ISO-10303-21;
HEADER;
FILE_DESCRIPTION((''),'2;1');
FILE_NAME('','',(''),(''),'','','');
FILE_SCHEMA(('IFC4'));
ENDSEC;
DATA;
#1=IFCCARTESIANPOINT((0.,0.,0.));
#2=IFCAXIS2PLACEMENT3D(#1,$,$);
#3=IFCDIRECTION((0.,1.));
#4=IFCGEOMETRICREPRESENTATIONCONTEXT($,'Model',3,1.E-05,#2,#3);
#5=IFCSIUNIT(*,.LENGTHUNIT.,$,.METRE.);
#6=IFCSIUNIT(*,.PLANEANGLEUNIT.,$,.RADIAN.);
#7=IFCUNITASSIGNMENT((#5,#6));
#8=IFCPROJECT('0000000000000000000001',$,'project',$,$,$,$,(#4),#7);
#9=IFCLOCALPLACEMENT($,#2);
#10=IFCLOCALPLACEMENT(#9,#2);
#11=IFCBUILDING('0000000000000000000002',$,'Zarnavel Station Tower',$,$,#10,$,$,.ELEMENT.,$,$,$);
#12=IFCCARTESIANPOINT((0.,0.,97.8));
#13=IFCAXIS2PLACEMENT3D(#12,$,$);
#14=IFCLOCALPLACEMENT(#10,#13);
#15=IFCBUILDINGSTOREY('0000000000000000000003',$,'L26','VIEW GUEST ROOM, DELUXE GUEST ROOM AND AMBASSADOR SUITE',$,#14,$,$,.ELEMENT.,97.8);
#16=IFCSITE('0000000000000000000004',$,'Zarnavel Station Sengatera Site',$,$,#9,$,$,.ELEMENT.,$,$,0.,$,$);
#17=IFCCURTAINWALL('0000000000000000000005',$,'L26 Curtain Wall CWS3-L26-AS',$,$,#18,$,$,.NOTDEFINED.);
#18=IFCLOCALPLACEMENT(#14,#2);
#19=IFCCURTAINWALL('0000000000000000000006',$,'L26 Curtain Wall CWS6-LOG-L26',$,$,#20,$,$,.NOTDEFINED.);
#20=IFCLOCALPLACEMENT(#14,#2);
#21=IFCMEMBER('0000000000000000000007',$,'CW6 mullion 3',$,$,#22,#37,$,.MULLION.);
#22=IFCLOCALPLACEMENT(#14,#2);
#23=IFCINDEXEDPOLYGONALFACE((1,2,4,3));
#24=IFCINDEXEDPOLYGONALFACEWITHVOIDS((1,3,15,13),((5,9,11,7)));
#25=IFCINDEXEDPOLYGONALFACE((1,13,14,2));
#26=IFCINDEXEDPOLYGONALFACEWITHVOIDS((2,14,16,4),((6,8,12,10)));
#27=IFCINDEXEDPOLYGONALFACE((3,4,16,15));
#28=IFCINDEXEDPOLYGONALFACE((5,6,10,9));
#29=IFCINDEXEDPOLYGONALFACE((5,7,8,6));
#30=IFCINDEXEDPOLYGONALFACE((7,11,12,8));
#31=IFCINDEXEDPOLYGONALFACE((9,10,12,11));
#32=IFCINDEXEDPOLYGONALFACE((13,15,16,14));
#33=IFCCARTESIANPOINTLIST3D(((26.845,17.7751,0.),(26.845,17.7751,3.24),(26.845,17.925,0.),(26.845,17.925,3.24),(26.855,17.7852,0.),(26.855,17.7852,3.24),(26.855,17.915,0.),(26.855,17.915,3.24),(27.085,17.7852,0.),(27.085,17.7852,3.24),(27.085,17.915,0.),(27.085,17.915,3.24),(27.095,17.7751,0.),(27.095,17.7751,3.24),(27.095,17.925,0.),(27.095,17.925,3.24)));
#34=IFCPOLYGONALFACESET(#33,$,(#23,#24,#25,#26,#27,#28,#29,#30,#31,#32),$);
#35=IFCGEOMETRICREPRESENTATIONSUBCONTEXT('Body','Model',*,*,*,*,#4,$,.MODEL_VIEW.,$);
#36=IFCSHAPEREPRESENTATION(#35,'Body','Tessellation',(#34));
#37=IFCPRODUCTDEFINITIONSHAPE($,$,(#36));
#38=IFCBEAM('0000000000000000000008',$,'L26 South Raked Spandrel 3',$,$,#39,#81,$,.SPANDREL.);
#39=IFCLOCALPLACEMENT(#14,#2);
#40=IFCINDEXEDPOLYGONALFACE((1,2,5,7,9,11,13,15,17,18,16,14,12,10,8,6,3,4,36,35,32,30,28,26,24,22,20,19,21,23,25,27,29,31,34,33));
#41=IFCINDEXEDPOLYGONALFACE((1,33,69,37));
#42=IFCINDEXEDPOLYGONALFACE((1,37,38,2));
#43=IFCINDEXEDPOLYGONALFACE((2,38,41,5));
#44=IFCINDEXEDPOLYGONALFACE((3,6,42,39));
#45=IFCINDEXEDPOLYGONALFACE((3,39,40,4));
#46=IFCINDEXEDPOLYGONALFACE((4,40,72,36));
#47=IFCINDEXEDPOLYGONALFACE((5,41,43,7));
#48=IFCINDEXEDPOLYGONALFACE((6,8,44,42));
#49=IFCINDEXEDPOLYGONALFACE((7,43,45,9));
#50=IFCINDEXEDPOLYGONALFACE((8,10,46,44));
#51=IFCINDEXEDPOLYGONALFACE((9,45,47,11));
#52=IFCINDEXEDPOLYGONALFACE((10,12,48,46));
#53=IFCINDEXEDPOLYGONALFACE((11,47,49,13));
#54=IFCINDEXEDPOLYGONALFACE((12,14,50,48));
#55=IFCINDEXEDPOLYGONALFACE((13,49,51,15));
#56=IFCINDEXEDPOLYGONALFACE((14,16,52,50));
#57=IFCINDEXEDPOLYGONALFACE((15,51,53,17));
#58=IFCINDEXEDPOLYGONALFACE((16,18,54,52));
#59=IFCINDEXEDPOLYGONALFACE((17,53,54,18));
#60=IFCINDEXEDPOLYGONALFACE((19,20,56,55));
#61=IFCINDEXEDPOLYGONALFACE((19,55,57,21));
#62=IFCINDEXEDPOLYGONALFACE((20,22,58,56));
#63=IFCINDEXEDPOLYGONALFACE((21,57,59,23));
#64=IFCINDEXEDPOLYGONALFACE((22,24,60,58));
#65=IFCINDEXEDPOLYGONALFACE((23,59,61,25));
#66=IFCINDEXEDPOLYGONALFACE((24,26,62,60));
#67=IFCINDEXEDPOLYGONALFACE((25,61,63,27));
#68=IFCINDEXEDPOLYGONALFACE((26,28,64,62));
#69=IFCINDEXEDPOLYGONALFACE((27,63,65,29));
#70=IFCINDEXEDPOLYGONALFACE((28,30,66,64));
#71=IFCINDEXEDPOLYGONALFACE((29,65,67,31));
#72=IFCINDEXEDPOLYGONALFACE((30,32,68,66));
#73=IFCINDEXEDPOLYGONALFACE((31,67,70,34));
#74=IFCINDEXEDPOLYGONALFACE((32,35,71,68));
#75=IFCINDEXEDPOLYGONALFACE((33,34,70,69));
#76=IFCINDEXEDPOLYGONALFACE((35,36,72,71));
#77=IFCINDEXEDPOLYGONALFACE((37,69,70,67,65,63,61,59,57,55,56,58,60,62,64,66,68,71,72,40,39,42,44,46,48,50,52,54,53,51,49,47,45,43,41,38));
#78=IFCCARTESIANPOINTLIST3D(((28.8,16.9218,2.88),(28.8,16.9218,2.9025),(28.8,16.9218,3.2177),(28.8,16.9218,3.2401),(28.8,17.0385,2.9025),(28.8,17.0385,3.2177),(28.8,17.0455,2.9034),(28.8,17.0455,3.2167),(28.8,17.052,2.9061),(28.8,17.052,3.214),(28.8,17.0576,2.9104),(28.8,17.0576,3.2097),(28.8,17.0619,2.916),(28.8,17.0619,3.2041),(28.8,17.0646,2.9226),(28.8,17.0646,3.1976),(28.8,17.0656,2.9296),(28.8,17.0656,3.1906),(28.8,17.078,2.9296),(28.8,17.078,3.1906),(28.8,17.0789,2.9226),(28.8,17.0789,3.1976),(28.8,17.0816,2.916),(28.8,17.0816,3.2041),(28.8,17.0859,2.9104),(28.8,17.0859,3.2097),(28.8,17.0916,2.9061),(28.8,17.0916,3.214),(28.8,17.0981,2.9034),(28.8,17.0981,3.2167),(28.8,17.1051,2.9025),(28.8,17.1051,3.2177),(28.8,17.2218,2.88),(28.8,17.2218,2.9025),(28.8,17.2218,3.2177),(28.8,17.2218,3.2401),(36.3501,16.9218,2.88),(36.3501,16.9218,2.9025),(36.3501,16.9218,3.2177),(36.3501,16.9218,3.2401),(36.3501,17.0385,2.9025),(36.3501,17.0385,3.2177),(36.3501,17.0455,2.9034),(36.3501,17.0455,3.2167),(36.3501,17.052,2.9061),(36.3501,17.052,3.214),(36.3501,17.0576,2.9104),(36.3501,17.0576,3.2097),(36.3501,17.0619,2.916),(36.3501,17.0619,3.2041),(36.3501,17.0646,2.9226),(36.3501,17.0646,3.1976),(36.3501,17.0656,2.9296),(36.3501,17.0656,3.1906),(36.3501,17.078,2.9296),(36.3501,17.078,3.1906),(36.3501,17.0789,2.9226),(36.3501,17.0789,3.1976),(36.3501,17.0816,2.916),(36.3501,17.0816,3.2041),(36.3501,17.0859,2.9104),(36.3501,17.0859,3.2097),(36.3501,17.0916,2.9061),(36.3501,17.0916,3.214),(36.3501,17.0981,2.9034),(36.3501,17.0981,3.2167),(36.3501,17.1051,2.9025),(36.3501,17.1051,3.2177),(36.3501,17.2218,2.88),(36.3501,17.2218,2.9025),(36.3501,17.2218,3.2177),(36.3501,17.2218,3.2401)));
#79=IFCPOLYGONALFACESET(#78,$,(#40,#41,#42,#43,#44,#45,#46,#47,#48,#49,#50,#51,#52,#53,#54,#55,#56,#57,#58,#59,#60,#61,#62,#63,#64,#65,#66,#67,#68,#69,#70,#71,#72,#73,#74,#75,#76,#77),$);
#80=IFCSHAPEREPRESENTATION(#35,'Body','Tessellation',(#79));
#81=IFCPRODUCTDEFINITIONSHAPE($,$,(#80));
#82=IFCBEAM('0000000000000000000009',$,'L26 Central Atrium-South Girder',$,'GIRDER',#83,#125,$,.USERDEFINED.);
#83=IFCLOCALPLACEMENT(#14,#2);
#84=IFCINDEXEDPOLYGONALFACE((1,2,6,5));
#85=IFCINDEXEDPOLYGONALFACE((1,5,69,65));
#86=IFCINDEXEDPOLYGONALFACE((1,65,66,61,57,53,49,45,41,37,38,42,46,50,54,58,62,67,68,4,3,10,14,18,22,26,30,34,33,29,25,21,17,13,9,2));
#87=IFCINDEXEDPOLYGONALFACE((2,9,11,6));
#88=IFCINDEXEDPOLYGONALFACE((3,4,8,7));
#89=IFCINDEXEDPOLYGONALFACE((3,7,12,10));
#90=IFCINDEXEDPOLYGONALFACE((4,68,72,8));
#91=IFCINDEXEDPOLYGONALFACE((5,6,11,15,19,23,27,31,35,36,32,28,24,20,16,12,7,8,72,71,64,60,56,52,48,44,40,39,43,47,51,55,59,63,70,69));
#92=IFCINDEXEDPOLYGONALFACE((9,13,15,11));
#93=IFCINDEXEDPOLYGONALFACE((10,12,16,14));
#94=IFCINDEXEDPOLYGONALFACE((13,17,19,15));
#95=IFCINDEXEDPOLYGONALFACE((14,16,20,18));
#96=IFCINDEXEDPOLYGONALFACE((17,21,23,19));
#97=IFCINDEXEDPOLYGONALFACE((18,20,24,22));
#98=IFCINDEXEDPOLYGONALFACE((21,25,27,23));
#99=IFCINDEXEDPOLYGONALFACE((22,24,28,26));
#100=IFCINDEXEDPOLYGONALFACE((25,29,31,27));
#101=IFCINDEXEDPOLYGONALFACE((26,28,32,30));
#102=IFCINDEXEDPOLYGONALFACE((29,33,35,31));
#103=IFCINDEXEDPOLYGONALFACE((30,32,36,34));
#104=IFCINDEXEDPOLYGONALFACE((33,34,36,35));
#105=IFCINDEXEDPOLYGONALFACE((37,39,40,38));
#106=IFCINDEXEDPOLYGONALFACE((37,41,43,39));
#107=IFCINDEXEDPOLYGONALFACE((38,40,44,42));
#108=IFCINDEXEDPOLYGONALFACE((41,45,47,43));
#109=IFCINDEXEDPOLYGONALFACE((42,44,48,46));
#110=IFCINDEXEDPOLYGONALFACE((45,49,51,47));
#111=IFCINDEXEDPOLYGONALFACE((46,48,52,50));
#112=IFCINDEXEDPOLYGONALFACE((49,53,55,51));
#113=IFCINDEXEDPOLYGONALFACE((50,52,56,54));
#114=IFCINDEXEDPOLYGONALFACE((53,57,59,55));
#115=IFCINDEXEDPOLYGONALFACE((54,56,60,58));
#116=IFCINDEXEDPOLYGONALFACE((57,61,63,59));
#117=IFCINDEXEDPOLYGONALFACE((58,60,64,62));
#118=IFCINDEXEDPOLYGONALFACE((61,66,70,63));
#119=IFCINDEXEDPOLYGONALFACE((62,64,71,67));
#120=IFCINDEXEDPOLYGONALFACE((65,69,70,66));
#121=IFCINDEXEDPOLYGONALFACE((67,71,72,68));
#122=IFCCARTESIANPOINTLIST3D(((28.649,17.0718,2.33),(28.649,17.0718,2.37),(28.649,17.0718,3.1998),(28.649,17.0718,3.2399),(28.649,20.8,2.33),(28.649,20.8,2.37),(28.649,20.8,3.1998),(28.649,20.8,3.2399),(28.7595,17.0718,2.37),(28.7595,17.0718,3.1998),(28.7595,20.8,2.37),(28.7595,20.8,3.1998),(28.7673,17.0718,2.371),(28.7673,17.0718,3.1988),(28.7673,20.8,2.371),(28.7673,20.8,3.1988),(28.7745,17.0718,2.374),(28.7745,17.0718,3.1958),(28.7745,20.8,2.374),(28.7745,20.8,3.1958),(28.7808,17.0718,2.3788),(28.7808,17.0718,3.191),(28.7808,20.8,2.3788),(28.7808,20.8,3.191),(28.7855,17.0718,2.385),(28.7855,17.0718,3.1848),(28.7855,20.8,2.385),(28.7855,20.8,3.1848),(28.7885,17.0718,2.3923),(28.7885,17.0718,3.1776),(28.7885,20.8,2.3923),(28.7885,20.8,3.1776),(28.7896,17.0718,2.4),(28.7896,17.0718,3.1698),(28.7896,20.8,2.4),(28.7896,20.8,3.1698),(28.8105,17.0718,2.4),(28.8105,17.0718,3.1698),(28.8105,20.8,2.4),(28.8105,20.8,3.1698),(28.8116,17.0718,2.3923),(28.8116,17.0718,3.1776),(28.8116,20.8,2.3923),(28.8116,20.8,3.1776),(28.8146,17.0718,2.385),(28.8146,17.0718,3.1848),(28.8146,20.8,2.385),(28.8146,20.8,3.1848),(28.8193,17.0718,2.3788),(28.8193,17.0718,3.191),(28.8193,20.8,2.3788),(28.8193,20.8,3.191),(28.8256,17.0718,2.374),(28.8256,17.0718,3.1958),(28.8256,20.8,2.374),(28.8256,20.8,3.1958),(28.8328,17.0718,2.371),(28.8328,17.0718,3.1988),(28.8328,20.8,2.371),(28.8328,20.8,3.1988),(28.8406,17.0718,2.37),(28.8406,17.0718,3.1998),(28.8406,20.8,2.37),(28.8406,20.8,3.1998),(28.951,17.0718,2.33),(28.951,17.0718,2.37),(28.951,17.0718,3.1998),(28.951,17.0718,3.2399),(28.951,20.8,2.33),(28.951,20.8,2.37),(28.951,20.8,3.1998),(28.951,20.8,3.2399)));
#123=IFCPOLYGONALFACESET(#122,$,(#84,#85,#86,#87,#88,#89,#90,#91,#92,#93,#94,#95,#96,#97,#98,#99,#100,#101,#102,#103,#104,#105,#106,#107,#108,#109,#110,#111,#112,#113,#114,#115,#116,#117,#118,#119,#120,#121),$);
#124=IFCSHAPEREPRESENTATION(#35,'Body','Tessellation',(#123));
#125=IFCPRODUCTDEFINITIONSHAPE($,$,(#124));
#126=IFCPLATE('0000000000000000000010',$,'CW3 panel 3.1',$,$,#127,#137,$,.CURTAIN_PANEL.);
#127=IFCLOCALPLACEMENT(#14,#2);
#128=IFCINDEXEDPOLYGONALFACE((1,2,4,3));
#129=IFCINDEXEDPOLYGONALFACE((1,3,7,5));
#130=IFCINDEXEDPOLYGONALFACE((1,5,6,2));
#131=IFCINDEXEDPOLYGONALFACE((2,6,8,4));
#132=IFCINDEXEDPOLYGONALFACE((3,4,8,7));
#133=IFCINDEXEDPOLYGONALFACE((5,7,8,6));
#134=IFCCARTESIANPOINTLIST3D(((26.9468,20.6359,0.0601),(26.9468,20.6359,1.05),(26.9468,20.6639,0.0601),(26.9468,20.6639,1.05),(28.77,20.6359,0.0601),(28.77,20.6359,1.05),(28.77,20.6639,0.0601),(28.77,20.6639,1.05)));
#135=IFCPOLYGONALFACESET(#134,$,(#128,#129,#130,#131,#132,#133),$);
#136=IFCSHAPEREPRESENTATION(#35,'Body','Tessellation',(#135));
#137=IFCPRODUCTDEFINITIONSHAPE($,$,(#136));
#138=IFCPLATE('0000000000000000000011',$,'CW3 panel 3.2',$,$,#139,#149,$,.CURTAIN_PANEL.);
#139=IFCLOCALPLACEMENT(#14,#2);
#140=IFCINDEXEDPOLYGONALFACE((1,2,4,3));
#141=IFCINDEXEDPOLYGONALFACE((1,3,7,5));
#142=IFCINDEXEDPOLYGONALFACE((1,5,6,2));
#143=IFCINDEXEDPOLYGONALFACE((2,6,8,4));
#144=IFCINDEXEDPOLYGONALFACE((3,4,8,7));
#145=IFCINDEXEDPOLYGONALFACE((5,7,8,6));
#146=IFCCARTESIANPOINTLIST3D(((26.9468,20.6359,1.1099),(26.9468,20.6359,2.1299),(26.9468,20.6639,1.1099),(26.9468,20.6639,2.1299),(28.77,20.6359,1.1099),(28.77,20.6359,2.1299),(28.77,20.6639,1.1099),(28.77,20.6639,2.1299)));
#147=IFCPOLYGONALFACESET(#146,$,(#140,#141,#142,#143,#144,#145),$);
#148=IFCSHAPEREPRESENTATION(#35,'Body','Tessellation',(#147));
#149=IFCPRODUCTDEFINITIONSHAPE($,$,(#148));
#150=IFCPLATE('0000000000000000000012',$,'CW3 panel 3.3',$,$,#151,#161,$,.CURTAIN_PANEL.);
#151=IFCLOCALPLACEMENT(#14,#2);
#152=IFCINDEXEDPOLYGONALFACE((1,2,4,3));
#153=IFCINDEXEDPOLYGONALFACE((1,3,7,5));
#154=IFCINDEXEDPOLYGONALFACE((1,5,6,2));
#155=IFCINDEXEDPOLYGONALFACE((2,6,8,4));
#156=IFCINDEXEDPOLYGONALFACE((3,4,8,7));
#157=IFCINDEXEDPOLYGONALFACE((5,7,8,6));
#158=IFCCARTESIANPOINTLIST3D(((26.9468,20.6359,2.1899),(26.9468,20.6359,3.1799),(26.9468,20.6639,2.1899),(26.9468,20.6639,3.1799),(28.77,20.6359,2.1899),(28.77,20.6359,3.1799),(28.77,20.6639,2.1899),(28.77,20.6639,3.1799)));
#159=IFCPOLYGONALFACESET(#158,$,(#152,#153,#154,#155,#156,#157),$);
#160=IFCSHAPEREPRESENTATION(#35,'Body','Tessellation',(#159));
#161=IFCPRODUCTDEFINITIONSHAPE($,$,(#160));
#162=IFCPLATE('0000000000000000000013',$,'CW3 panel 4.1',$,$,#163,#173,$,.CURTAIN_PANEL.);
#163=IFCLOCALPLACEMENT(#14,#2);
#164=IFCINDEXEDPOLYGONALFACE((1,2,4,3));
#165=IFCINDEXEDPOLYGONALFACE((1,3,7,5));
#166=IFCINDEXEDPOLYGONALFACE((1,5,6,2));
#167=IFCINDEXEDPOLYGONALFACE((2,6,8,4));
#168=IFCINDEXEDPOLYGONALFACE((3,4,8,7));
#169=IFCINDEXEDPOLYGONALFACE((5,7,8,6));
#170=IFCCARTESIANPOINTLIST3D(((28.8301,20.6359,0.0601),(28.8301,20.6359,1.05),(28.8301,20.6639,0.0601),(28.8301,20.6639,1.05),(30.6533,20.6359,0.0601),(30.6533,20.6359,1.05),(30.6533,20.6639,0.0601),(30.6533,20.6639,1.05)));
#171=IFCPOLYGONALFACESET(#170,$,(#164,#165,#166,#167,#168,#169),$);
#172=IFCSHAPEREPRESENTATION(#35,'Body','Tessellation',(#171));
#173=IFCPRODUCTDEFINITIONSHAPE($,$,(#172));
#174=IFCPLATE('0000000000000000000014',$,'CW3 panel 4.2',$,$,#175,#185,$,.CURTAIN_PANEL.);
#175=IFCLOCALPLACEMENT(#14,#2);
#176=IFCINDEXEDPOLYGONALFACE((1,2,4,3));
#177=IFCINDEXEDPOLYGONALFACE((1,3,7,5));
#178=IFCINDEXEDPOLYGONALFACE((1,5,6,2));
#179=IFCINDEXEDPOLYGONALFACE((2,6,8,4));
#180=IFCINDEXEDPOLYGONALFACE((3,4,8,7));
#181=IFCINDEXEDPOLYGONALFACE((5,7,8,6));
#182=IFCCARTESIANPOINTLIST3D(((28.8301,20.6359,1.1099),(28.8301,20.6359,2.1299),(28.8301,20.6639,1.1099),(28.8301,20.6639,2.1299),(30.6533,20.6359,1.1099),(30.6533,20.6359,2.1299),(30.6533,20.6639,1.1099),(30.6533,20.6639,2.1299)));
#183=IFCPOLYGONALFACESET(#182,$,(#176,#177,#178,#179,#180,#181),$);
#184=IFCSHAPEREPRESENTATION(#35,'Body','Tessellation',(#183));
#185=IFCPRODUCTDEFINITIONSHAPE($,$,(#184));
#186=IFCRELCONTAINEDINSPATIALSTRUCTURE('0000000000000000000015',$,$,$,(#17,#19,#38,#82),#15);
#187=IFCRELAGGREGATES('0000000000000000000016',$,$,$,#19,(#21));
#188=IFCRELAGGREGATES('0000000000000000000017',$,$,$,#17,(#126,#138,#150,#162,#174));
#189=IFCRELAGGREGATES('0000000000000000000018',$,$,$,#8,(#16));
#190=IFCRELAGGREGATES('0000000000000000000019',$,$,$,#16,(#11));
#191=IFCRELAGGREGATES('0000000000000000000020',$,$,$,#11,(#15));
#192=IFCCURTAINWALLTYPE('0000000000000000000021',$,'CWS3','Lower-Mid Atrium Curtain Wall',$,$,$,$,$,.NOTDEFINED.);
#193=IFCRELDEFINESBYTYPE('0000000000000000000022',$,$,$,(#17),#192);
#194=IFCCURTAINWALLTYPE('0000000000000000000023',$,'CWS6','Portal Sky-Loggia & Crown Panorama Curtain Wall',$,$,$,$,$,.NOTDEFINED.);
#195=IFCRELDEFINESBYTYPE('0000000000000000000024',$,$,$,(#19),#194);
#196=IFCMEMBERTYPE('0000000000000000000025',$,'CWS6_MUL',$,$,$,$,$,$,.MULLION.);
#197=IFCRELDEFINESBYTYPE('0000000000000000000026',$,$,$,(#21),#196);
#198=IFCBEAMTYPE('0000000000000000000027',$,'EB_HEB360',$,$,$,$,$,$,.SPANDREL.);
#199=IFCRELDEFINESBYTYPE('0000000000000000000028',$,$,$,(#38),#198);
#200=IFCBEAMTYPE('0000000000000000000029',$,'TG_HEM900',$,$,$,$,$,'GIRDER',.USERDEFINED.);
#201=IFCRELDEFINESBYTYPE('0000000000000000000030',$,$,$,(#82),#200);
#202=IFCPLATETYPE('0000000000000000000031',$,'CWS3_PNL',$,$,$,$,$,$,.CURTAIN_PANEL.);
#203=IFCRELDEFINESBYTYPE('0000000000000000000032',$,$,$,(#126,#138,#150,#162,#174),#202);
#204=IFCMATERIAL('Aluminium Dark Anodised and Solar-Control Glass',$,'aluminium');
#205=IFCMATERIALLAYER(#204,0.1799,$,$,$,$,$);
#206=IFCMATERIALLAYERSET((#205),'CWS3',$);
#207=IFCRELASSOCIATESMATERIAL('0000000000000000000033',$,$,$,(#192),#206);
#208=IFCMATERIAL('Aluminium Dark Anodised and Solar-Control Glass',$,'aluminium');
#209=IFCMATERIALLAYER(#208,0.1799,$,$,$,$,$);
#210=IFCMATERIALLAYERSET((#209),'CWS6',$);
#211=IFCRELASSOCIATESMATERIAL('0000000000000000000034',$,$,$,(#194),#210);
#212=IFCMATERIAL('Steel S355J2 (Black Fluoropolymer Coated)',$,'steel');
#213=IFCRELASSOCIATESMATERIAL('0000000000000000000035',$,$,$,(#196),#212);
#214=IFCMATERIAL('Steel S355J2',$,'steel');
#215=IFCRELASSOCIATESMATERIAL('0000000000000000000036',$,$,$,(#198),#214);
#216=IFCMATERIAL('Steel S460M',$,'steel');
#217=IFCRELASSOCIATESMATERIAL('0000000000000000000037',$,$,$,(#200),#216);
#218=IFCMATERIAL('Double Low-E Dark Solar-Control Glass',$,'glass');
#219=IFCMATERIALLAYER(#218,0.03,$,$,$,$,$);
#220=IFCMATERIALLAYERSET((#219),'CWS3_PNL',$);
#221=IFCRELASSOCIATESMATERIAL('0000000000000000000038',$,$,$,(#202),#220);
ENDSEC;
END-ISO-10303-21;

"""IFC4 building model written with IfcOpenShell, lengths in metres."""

from ifc_helpers import new_model, si_unit, direction, frame, origin, origin_2d, place, context, subcontext, project, spatial, rectangle, hollow_rectangle, i_section, extrude, material, layer, layer_set, material_profile, profile_set, type_object, element, aggregate, save


model = new_model("IFC4")

# Units and contexts
model_context = context("Model", 3, precision=1e-05, world=origin(), true_north=direction((0.0, 1.0)))
body_context = subcontext(model_context, "Body", "Model", "MODEL_VIEW")
ifc_project = project(units=[si_unit("LENGTHUNIT", "METRE"), si_unit("PLANEANGLEUNIT", "RADIAN")], contexts=[model_context])

# Site, building, storey
site_placement = place(None, origin())
site = spatial("IfcSite", under=ifc_project, at=site_placement, Name="Zarnavel Station Sengatera Site", CompositionType="ELEMENT", RefElevation=0.0)
building_placement = place(site_placement, origin())
building = spatial("IfcBuilding", under=site, at=building_placement, Name="Zarnavel Station Tower", CompositionType="ELEMENT")
storey_placement = place(building_placement, frame((0.0, 0.0, 97.8)))
storey = spatial("IfcBuildingStorey", under=building, at=storey_placement, Name="L26", Description="VIEW GUEST ROOM, DELUXE GUEST ROOM AND AMBASSADOR SUITE", CompositionType="ELEMENT", Elevation=97.8)

# Curtain wall
ifc_material_1 = material(Name="Aluminium Dark Anodised and Solar-Control Glass", Category="aluminium")
ifc_layer_1 = layer(ifc_material_1, 0.1799)
ifc_layer_set_1 = layer_set([ifc_layer_1], Name="CWS3")
curtain_wall_type_1 = type_object("IfcCurtainWallType", Name="CWS3", Description="Lower-Mid Atrium Curtain Wall", PredefinedType="NOTDEFINED", material=ifc_layer_set_1)
curtain_wall_1_placement = place(storey_placement, origin())
curtain_wall_1 = element("IfcCurtainWall", 1, at=curtain_wall_1_placement, inside=storey, type_object=curtain_wall_type_1, Name="L26 Curtain Wall CWS3-L26-AS", PredefinedType="NOTDEFINED")

# Curtain wall, member
ifc_material_2 = material(Name="Aluminium Dark Anodised and Solar-Control Glass", Category="aluminium")
ifc_layer_2 = layer(ifc_material_2, 0.1799)
ifc_layer_set_2 = layer_set([ifc_layer_2], Name="CWS6")
curtain_wall_type_2 = type_object("IfcCurtainWallType", Name="CWS6", Description="Portal Sky-Loggia & Crown Panorama Curtain Wall", PredefinedType="NOTDEFINED", material=ifc_layer_set_2)
curtain_wall_2_placement = place(storey_placement, origin())
curtain_wall_2 = element("IfcCurtainWall", 2, at=curtain_wall_2_placement, inside=storey, type_object=curtain_wall_type_2, Name="L26 Curtain Wall CWS6-LOG-L26", PredefinedType="NOTDEFINED")
ifc_material_3 = material(Name="Steel S355J2 (Black Fluoropolymer Coated)", Category="steel")
ifc_material_profile_1 = material_profile(ifc_material_3, hollow_rectangle(XDim=0.1499, YDim=0.25, WallThickness=0.01, at=origin_2d()), Name="RHS250x150x10")
ifc_profile_set_1 = profile_set([ifc_material_profile_1], Name="Steel S355J2 (Black Fluoropolymer Coated)")
member_type_1 = type_object("IfcMemberType", Name="CWS6_MUL", PredefinedType="MULLION", material=ifc_profile_set_1)
member_1_placement = place(storey_placement, frame((26.97, 17.8501, 0.0), z_axis=(0.0, 0.0, 1.0), x_axis=(0.0, 1.0, 0.0)))
member_1 = element("IfcMember", 3, at=member_1_placement, type_object=member_type_1, Name="CW6 mullion 3", PredefinedType="MULLION", context=body_context, shape_type="SweptSolid", body=[
    extrude(hollow_rectangle(XDim=0.1499, YDim=0.25, WallThickness=0.01, at=origin_2d()), origin(), (0.0, 0.0, 1.0), 3.24),
])
aggregate(curtain_wall_2, [member_1])

# Beams
ifc_material_4 = material(Name="Steel S355J2", Category="steel")
ifc_material_profile_2 = material_profile(ifc_material_4, i_section(OverallWidth=0.3, OverallDepth=0.3601, WebThickness=0.0125, FlangeThickness=0.0225, FilletRadius=0.0271, at=origin_2d()), Name="HEB360")
ifc_profile_set_2 = profile_set([ifc_material_profile_2], Name="Steel S355J2")
beam_type_1 = type_object("IfcBeamType", Name="EB_HEB360", PredefinedType="SPANDREL", material=ifc_profile_set_2)
beam_1_placement = place(storey_placement, frame((28.8, 17.0718, 3.0601), z_axis=(1.0, 0.0, 0.0), x_axis=(0.0, 1.0, 0.0)))
element("IfcBeam", 4, at=beam_1_placement, inside=storey, type_object=beam_type_1, Name="L26 South Raked Spandrel 3", PredefinedType="SPANDREL", context=body_context, shape_type="SweptSolid", body=[
    extrude(i_section(OverallWidth=0.3, OverallDepth=0.3601, WebThickness=0.0125, FlangeThickness=0.0225, FilletRadius=0.0271, at=origin_2d()), origin(), (0.0, 0.0, 1.0), 7.55),
])
ifc_material_5 = material(Name="Steel S460M", Category="steel")
ifc_material_profile_3 = material_profile(ifc_material_5, i_section(OverallWidth=0.302, OverallDepth=0.9099, WebThickness=0.021, FlangeThickness=0.04, FilletRadius=0.03, at=origin_2d()), Name="HEM900")
ifc_profile_set_3 = profile_set([ifc_material_profile_3], Name="Steel S460M")
beam_type_2 = type_object("IfcBeamType", Name="TG_HEM900", ElementType="GIRDER", PredefinedType="USERDEFINED", material=ifc_profile_set_3)
beam_2_placement = place(storey_placement, frame((28.8, 17.0718, 2.7849), z_axis=(0.0, 1.0, 0.0), x_axis=(-1.0, 0.0, 0.0)))
element("IfcBeam", 5, at=beam_2_placement, inside=storey, type_object=beam_type_2, Name="L26 Central Atrium-South Girder", ObjectType="GIRDER", PredefinedType="USERDEFINED", context=body_context, shape_type="SweptSolid", body=[
    extrude(i_section(OverallWidth=0.302, OverallDepth=0.9099, WebThickness=0.021, FlangeThickness=0.04, FilletRadius=0.03, at=origin_2d()), origin(), (0.0, 0.0, 1.0), 3.7283),
])

# Plates
ifc_material_6 = material(Name="Double Low-E Dark Solar-Control Glass", Category="glass")
ifc_layer_3 = layer(ifc_material_6, 0.03)
ifc_layer_set_3 = layer_set([ifc_layer_3], Name="CWS3_PNL")
plate_type = type_object("IfcPlateType", Name="CWS3_PNL", PredefinedType="CURTAIN_PANEL", material=ifc_layer_set_3)
plate_1_placement = place(storey_placement, frame((27.8584, 20.6499, 0.0601), z_axis=(0.0, 0.0, 1.0), x_axis=(1.0, 0.0, 0.0)))
plate_1 = element("IfcPlate", 6, at=plate_1_placement, type_object=plate_type, Name="CW3 panel 3.1", PredefinedType="CURTAIN_PANEL", context=body_context, shape_type="SweptSolid", body=[
    extrude(rectangle(XDim=1.8232, YDim=0.0281, at=origin_2d()), origin(), (0.0, 0.0, 1.0), 0.99),
])
plate_2_placement = place(storey_placement, frame((27.8584, 20.6499, 1.1099), z_axis=(0.0, 0.0, 1.0), x_axis=(1.0, 0.0, 0.0)))
plate_2 = element("IfcPlate", 7, at=plate_2_placement, type_object=plate_type, Name="CW3 panel 3.2", PredefinedType="CURTAIN_PANEL", context=body_context, shape_type="SweptSolid", body=[
    extrude(rectangle(XDim=1.8232, YDim=0.0281, at=origin_2d()), origin(), (0.0, 0.0, 1.0), 1.02),
])
plate_3_placement = place(storey_placement, frame((27.8584, 20.6499, 2.1899), z_axis=(0.0, 0.0, 1.0), x_axis=(1.0, 0.0, 0.0)))
plate_3 = element("IfcPlate", 8, at=plate_3_placement, type_object=plate_type, Name="CW3 panel 3.3", PredefinedType="CURTAIN_PANEL", context=body_context, shape_type="SweptSolid", body=[
    extrude(rectangle(XDim=1.8232, YDim=0.0281, at=origin_2d()), origin(), (0.0, 0.0, 1.0), 0.99),
])
plate_4_placement = place(storey_placement, frame((29.7417, 20.6499, 0.0601), z_axis=(0.0, 0.0, 1.0), x_axis=(1.0, 0.0, 0.0)))
plate_4 = element("IfcPlate", 9, at=plate_4_placement, type_object=plate_type, Name="CW3 panel 4.1", PredefinedType="CURTAIN_PANEL", context=body_context, shape_type="SweptSolid", body=[
    extrude(rectangle(XDim=1.8232, YDim=0.0281, at=origin_2d()), origin(), (0.0, 0.0, 1.0), 0.99),
])
plate_5_placement = place(storey_placement, frame((29.7417, 20.6499, 1.1099), z_axis=(0.0, 0.0, 1.0), x_axis=(1.0, 0.0, 0.0)))
plate_5 = element("IfcPlate", 10, at=plate_5_placement, type_object=plate_type, Name="CW3 panel 4.2", PredefinedType="CURTAIN_PANEL", context=body_context, shape_type="SweptSolid", body=[
    extrude(rectangle(XDim=1.8232, YDim=0.0281, at=origin_2d()), origin(), (0.0, 0.0, 1.0), 1.02),
])
aggregate(curtain_wall_1, [plate_1, plate_2, plate_3, plate_4, plate_5])

save(model, "model.ifc")
